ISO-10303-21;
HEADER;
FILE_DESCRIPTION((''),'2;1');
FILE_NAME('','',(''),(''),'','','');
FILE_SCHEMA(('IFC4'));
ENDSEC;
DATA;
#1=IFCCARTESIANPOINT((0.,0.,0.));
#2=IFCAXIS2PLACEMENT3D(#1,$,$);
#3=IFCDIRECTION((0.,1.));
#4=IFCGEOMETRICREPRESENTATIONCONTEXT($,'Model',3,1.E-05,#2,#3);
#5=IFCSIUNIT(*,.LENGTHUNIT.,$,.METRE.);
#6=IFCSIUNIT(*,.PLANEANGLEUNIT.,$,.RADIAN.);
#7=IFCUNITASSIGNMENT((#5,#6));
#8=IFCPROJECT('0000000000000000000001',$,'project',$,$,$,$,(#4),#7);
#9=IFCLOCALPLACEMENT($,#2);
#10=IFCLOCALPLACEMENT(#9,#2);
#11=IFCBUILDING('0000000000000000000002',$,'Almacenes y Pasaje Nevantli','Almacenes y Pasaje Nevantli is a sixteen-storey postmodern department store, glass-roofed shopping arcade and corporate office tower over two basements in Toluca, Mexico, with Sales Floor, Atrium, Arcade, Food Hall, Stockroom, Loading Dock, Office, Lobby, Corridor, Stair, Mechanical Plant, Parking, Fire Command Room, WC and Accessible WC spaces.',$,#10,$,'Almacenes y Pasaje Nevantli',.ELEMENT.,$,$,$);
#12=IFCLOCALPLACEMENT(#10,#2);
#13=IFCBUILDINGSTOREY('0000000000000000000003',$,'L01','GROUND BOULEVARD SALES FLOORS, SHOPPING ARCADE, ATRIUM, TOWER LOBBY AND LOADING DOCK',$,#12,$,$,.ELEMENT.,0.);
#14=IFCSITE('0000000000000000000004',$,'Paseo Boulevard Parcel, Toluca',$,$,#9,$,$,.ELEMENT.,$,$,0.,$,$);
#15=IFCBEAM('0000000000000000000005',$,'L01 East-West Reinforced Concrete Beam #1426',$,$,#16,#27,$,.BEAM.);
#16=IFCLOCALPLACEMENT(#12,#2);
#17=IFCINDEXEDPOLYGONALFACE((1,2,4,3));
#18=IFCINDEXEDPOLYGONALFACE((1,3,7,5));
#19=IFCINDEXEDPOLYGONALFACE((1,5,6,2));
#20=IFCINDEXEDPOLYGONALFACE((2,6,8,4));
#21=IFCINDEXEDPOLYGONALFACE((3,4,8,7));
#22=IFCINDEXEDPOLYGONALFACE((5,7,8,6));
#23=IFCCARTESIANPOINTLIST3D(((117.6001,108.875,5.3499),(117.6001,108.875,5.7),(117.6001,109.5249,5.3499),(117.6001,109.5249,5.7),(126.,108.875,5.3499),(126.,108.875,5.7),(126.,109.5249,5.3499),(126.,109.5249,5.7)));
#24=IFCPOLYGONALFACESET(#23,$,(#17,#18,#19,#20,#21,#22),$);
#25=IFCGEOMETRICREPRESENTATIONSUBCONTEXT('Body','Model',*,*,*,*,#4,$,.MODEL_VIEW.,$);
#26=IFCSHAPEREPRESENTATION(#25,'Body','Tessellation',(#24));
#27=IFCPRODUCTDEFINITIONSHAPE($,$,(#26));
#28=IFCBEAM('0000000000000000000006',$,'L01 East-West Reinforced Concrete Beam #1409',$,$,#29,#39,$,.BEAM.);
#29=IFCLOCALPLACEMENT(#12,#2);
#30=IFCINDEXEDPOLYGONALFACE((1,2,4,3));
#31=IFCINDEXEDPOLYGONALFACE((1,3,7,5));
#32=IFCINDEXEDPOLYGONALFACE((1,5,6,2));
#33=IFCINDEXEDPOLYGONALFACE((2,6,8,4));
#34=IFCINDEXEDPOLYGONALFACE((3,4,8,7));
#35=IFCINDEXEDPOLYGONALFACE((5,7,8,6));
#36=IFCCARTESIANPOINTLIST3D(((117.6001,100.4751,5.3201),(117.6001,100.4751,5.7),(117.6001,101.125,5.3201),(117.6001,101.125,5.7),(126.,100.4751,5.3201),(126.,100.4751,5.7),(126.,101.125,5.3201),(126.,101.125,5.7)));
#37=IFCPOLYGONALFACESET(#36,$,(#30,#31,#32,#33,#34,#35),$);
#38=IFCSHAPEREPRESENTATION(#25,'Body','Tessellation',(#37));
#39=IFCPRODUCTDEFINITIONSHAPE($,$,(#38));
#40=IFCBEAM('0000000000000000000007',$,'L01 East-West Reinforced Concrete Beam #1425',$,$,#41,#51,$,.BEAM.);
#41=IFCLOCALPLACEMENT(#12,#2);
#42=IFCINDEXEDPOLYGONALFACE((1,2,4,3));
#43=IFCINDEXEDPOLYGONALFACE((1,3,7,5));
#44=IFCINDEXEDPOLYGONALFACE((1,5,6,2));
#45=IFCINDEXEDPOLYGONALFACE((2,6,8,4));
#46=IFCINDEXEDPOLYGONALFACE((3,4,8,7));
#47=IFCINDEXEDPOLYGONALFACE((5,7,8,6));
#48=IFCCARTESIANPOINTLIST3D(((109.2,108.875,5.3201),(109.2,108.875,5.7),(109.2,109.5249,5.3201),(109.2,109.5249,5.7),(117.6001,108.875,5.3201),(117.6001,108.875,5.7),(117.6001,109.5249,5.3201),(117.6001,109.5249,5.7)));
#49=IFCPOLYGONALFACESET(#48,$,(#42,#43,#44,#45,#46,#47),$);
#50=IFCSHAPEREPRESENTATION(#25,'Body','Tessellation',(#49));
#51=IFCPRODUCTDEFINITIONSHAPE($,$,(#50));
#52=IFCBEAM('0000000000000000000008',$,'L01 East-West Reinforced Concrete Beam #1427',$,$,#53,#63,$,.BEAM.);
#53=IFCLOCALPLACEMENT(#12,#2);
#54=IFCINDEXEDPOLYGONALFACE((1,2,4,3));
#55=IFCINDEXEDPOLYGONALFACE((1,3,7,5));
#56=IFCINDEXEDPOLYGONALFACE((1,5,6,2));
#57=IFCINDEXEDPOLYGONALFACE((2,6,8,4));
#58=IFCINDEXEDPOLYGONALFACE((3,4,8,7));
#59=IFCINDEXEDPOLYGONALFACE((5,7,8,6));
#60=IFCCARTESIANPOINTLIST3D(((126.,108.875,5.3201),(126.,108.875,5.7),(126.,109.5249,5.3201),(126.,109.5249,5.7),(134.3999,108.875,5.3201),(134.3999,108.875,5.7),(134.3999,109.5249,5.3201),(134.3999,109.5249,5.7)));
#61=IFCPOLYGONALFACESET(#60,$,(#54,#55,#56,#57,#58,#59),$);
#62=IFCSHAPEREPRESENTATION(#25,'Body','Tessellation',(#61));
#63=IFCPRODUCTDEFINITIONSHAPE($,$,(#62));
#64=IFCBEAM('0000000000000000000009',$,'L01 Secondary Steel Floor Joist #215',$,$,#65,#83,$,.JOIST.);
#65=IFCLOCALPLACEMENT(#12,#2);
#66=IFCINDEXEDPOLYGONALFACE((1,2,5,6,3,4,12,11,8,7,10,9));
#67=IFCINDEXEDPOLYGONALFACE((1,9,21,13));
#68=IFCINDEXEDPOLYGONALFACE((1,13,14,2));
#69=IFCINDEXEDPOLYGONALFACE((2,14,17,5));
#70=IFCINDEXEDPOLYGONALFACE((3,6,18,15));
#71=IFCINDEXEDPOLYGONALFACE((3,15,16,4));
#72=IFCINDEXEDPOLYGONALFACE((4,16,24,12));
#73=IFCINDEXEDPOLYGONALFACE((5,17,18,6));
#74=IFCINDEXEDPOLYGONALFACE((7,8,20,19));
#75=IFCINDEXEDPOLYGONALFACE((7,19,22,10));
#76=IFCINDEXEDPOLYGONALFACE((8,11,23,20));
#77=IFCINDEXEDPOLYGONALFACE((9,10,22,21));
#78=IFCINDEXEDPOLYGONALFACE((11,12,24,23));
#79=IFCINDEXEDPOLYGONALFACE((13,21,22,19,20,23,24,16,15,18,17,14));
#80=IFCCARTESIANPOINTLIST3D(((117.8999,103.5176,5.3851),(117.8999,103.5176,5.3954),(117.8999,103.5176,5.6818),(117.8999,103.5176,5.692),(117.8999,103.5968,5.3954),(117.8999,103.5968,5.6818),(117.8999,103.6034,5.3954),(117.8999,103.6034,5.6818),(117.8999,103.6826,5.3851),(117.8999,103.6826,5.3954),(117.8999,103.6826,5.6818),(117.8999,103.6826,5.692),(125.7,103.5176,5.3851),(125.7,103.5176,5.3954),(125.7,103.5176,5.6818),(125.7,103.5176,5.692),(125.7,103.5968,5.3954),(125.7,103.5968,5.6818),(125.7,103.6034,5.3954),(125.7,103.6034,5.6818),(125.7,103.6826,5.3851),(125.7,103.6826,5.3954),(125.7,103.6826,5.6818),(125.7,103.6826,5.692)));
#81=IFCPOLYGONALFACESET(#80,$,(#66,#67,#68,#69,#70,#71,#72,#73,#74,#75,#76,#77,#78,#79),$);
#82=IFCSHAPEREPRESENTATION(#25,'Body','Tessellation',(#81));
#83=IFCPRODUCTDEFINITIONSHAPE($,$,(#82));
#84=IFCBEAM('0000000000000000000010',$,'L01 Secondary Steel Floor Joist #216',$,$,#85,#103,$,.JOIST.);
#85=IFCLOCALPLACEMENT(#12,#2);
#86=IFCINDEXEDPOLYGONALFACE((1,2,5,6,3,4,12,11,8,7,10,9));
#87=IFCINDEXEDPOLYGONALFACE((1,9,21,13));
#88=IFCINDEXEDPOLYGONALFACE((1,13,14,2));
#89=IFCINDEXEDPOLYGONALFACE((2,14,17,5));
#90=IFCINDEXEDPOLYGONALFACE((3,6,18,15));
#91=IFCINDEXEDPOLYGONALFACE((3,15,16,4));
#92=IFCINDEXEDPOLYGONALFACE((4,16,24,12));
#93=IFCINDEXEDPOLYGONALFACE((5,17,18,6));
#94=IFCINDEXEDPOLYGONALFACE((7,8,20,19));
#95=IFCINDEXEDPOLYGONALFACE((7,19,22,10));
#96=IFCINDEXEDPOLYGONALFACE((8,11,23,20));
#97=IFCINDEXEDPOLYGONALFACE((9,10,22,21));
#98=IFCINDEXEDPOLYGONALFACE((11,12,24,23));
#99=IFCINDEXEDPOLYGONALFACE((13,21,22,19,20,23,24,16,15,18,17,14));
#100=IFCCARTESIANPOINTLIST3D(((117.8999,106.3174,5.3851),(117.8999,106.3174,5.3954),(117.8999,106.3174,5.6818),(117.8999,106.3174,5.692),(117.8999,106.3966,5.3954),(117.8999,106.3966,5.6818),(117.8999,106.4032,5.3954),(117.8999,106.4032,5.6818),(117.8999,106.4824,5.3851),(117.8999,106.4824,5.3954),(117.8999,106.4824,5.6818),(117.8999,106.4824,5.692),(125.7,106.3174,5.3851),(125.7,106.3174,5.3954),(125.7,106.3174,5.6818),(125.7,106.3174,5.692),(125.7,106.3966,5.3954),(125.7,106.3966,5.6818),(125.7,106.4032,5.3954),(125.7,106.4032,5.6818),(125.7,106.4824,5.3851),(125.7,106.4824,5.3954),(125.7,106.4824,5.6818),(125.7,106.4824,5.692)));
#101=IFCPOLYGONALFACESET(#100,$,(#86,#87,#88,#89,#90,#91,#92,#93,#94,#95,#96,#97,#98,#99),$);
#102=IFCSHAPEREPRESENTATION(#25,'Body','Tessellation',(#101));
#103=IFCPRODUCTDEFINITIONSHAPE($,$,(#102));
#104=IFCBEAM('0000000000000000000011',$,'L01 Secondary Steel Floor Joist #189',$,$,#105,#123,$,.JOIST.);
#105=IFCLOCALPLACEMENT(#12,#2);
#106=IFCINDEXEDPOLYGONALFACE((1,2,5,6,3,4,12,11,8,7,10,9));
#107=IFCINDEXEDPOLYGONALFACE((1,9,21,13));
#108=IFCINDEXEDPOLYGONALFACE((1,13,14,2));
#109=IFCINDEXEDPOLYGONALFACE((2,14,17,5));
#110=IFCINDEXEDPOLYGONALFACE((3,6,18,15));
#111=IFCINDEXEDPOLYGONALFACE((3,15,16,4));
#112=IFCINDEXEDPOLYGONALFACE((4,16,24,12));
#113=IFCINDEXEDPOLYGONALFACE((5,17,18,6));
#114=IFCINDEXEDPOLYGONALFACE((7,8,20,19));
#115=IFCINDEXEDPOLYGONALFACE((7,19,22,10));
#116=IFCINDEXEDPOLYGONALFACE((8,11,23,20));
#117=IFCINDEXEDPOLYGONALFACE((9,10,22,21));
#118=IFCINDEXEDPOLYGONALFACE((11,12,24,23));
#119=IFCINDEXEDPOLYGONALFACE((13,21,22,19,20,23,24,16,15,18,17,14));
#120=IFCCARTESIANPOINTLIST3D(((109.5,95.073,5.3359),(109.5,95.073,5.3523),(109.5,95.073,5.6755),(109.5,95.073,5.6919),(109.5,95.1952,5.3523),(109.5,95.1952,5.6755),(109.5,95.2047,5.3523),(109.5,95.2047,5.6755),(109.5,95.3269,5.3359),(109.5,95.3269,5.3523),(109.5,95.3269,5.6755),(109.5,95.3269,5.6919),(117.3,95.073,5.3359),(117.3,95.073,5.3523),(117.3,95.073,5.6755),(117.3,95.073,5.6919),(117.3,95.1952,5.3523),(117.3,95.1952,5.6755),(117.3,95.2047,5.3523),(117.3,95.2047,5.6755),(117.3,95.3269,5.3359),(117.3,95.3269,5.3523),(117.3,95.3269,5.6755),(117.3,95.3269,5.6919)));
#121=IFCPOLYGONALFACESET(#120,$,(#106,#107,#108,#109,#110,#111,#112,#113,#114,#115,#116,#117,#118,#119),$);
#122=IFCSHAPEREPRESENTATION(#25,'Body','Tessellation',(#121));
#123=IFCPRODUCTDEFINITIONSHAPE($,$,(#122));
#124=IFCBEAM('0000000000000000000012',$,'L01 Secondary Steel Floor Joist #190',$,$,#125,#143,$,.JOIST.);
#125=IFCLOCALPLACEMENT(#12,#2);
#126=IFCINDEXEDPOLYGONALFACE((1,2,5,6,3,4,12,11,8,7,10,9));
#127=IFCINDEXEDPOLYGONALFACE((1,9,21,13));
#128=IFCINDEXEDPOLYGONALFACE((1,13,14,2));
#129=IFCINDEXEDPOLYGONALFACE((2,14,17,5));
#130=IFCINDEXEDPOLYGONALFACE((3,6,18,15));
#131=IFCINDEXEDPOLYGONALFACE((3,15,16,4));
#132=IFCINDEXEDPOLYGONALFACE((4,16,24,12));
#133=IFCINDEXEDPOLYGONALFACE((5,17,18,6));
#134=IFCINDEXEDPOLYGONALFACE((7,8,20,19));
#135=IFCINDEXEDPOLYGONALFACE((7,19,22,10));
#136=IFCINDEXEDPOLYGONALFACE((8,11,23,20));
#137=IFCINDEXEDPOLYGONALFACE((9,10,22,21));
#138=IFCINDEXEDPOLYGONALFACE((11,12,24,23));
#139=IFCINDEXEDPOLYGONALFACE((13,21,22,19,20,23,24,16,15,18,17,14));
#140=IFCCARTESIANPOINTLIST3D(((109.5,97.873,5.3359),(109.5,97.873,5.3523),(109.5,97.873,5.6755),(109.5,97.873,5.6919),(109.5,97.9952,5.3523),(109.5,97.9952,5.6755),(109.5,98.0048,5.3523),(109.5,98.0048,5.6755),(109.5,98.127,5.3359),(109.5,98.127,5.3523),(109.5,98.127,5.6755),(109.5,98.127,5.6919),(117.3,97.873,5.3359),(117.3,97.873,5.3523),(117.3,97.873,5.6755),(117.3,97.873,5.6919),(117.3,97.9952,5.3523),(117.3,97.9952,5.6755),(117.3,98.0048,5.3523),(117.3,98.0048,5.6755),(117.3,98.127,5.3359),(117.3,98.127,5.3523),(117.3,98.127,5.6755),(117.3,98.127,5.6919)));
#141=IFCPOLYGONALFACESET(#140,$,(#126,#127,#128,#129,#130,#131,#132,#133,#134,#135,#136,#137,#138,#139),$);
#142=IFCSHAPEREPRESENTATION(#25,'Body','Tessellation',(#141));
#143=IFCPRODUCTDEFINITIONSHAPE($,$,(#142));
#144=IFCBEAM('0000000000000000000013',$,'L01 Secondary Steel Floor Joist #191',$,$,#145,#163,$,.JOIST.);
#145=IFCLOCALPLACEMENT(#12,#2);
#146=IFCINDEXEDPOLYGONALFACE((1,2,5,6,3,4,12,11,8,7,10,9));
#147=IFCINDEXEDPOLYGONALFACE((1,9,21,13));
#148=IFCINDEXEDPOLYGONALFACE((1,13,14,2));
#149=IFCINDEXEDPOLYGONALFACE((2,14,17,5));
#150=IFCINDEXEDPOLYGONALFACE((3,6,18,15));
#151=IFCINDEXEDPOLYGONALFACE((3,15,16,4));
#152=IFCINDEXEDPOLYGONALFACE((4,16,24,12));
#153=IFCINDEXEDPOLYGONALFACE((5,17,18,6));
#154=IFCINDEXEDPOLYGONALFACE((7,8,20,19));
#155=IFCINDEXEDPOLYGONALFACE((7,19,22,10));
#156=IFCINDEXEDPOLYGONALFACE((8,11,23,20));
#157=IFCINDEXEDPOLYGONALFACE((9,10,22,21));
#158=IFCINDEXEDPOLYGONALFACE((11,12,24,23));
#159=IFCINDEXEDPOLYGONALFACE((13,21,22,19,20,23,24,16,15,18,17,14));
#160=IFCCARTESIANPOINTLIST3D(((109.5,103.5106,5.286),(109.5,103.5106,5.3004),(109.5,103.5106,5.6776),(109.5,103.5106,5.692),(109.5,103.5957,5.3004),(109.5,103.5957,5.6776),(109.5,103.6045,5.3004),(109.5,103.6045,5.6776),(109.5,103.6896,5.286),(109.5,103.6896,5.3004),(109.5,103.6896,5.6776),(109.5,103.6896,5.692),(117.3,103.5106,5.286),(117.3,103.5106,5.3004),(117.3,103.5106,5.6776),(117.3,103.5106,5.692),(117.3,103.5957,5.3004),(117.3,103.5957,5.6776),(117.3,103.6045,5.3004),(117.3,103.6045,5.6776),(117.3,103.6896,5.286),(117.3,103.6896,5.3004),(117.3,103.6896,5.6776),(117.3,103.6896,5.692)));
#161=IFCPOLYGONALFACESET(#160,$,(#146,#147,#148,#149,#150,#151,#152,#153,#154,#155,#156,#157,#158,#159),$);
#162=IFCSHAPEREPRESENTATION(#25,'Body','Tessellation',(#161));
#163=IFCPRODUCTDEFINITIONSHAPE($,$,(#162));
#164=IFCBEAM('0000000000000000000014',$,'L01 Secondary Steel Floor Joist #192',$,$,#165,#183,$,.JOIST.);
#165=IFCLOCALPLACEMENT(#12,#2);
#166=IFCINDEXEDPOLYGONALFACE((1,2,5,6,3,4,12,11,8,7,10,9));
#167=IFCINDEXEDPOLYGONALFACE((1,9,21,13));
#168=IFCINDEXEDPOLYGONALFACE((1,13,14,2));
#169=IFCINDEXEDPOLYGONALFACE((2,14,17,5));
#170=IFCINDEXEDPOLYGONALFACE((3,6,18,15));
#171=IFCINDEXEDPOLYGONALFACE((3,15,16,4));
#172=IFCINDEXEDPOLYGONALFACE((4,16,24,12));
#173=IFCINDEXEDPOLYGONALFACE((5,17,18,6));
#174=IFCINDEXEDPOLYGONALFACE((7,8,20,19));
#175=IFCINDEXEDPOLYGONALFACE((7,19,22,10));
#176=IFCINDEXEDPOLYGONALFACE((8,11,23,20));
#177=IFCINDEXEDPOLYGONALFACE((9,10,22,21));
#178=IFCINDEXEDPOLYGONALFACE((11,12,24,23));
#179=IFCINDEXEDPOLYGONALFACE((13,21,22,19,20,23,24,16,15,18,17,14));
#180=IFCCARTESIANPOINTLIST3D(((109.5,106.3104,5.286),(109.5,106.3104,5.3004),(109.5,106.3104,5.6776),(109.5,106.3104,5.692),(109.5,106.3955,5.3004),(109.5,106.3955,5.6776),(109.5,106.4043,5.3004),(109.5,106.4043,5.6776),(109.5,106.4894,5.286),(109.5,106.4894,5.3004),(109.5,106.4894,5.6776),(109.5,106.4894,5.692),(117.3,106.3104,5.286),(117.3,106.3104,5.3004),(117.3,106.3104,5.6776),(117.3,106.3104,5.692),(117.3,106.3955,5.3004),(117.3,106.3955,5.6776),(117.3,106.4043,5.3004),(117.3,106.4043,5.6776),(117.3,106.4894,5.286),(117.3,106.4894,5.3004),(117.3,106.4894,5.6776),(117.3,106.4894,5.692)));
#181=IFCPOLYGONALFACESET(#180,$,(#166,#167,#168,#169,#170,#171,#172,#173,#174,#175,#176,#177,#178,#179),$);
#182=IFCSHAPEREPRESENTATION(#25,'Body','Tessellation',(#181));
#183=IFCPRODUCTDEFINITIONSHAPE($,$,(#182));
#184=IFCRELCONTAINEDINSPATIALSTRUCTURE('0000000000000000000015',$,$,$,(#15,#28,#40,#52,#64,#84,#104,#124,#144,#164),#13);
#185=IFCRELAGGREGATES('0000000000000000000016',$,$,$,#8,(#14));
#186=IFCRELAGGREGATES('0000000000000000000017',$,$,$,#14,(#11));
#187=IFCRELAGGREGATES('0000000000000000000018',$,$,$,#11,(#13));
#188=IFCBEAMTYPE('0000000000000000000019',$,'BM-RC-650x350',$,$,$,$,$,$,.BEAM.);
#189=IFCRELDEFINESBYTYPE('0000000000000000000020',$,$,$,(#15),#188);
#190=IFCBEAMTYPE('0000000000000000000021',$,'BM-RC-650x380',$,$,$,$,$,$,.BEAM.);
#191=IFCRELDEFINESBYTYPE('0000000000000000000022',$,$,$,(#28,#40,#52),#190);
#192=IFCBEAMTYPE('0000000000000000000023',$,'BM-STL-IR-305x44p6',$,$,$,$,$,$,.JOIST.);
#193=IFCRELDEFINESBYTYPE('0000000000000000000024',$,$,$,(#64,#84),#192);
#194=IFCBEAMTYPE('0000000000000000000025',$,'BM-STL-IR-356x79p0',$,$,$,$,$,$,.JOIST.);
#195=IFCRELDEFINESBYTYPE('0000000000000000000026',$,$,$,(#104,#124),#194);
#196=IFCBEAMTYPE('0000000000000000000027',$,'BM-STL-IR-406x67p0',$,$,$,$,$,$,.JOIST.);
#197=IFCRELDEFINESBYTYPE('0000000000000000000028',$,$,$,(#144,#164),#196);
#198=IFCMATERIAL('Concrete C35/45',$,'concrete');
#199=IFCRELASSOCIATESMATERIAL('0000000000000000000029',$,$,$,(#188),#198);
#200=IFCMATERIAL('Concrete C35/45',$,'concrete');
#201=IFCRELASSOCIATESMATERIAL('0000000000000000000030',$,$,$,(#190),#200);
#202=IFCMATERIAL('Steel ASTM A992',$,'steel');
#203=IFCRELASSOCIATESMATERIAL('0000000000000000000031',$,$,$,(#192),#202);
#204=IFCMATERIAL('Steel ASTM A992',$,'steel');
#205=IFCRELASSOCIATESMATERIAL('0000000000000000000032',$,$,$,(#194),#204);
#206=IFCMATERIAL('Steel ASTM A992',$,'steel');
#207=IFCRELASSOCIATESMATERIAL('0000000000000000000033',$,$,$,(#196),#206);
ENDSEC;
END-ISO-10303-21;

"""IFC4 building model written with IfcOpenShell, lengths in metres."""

from ifc_helpers import new_model, si_unit, direction, frame, origin, origin_2d, place, context, subcontext, project, spatial, rectangle, i_section, extrude, material, material_profile, profile_set, type_object, element, save


model = new_model("IFC4")

# Units and contexts
model_context = context("Model", 3, precision=1e-05, world=origin(), true_north=direction((0.0, 1.0)))
body_context = subcontext(model_context, "Body", "Model", "MODEL_VIEW")
ifc_project = project(units=[si_unit("LENGTHUNIT", "METRE"), si_unit("PLANEANGLEUNIT", "RADIAN")], contexts=[model_context])

# Site, building, storey
site_placement = place(None, origin())
site = spatial("IfcSite", under=ifc_project, at=site_placement, Name="Paseo Boulevard Parcel, Toluca", CompositionType="ELEMENT", RefElevation=0.0)
building_placement = place(site_placement, origin())
building = spatial("IfcBuilding", under=site, at=building_placement, Name="Almacenes y Pasaje Nevantli", Description="Almacenes y Pasaje Nevantli is a sixteen-storey postmodern department store, glass-roofed shopping arcade and corporate office tower over two basements in Toluca, Mexico, with Sales Floor, Atrium, Arcade, Food Hall, Stockroom, Loading Dock, Office, Lobby, Corridor, Stair, Mechanical Plant, Parking, Fire Command Room, WC and Accessible WC spaces.", LongName="Almacenes y Pasaje Nevantli", CompositionType="ELEMENT")
storey_placement = place(building_placement, origin())
storey = spatial("IfcBuildingStorey", under=building, at=storey_placement, Name="L01", Description="GROUND BOULEVARD SALES FLOORS, SHOPPING ARCADE, ATRIUM, TOWER LOBBY AND LOADING DOCK", CompositionType="ELEMENT", Elevation=0.0)

# Beams
ifc_material_1 = material(Name="Concrete C35/45", Category="concrete")
ifc_material_profile_1 = material_profile(ifc_material_1, rectangle(XDim=0.6499, YDim=0.3501, at=origin_2d()), Name="RC-BM-650x350")
ifc_profile_set_1 = profile_set([ifc_material_profile_1], Name="Concrete C35/45")
beam_type_1 = type_object("IfcBeamType", Name="BM-RC-650x350", PredefinedType="BEAM", material=ifc_profile_set_1)
for number, where, z_axis, x_axis, name in (
    (1, (117.6001, 109.2, 5.5249), (1.0, 0.0, 0.0), (0.0, 1.0, 0.0), "L01 East-West Reinforced Concrete Beam #1426"),
):
    element("IfcBeam", number, at=place(storey_placement, frame(where, z_axis=z_axis, x_axis=x_axis)), inside=storey, type_object=beam_type_1, Name=name, PredefinedType="BEAM", context=body_context, shape_type="SweptSolid", body=[
        extrude(rectangle(XDim=0.6499, YDim=0.3501, at=origin_2d()), origin(), (0.0, 0.0, 1.0), 8.3999),
    ])
ifc_material_2 = material(Name="Concrete C35/45", Category="concrete")
ifc_material_profile_2 = material_profile(ifc_material_2, rectangle(XDim=0.6499, YDim=0.3799, at=origin_2d()), Name="RC-BM-650x380")
ifc_profile_set_2 = profile_set([ifc_material_profile_2], Name="Concrete C35/45")
beam_type_2 = type_object("IfcBeamType", Name="BM-RC-650x380", PredefinedType="BEAM", material=ifc_profile_set_2)
beam_1_placement = place(storey_placement, frame((117.6001, 100.8, 5.51), z_axis=(1.0, 0.0, 0.0), x_axis=(0.0, 1.0, 0.0)))
element("IfcBeam", 2, at=beam_1_placement, inside=storey, type_object=beam_type_2, Name="L01 East-West Reinforced Concrete Beam #1409", PredefinedType="BEAM", context=body_context, shape_type="SweptSolid", body=[
    extrude(rectangle(XDim=0.6499, YDim=0.3799, at=origin_2d()), origin(), (0.0, 0.0, 1.0), 8.3999),
])
beam_2_placement = place(storey_placement, frame((109.2, 109.2, 5.51), z_axis=(1.0, 0.0, 0.0), x_axis=(0.0, 1.0, 0.0)))
element("IfcBeam", 3, at=beam_2_placement, inside=storey, type_object=beam_type_2, Name="L01 East-West Reinforced Concrete Beam #1425", PredefinedType="BEAM", context=body_context, shape_type="SweptSolid", body=[
    extrude(rectangle(XDim=0.6499, YDim=0.3799, at=origin_2d()), origin(), (0.0, 0.0, 1.0), 8.4001),
])
beam_3_placement = place(storey_placement, frame((126.0, 109.2, 5.51), z_axis=(1.0, 0.0, 0.0), x_axis=(0.0, 1.0, 0.0)))
element("IfcBeam", 4, at=beam_3_placement, inside=storey, type_object=beam_type_2, Name="L01 East-West Reinforced Concrete Beam #1427", PredefinedType="BEAM", context=body_context, shape_type="SweptSolid", body=[
    extrude(rectangle(XDim=0.6499, YDim=0.3799, at=origin_2d()), origin(), (0.0, 0.0, 1.0), 8.3999),
])
ifc_material_3 = material(Name="Steel ASTM A992", Category="steel")
ifc_material_profile_3 = material_profile(ifc_material_3, i_section(OverallWidth=0.165, OverallDepth=0.3069, WebThickness=0.0066, FlangeThickness=0.0103, at=origin_2d()), Name="IR 305x44.6")
ifc_profile_set_3 = profile_set([ifc_material_profile_3], Name="Steel ASTM A992")
beam_type_3 = type_object("IfcBeamType", Name="BM-STL-IR-305x44p6", PredefinedType="JOIST", material=ifc_profile_set_3)
for number, where, z_axis, x_axis, name in (
    (5, (117.8999, 103.6001, 5.5386), (1.0, 0.0, 0.0), (0.0, 1.0, 0.0), "L01 Secondary Steel Floor Joist #215"),
    (6, (117.8999, 106.3999, 5.5386), (1.0, 0.0, 0.0), (0.0, 1.0, 0.0), "L01 Secondary Steel Floor Joist #216"),
):
    element("IfcBeam", number, at=place(storey_placement, frame(where, z_axis=z_axis, x_axis=x_axis)), inside=storey, type_object=beam_type_3, Name=name, PredefinedType="JOIST", context=body_context, shape_type="SweptSolid", body=[
        extrude(i_section(OverallWidth=0.165, OverallDepth=0.3069, WebThickness=0.0066, FlangeThickness=0.0103, at=origin_2d()), origin(), (0.0, 0.0, 1.0), 7.8),
    ])
ifc_material_4 = material(Name="Steel ASTM A992", Category="steel")
ifc_material_profile_4 = material_profile(ifc_material_4, i_section(OverallWidth=0.2539, OverallDepth=0.356, WebThickness=0.0095, FlangeThickness=0.0164, at=origin_2d()), Name="IR 356x79.0")
ifc_profile_set_4 = profile_set([ifc_material_profile_4], Name="Steel ASTM A992")
beam_type_4 = type_object("IfcBeamType", Name="BM-STL-IR-356x79p0", PredefinedType="JOIST", material=ifc_profile_set_4)
for number, where, z_axis, x_axis, name in (
    (7, (109.5, 95.2, 5.5139), (1.0, 0.0, 0.0), (0.0, 1.0, 0.0), "L01 Secondary Steel Floor Joist #189"),
    (8, (109.5, 98.0, 5.5139), (1.0, 0.0, 0.0), (0.0, 1.0, 0.0), "L01 Secondary Steel Floor Joist #190"),
):
    element("IfcBeam", number, at=place(storey_placement, frame(where, z_axis=z_axis, x_axis=x_axis)), inside=storey, type_object=beam_type_4, Name=name, PredefinedType="JOIST", context=body_context, shape_type="SweptSolid", body=[
        extrude(i_section(OverallWidth=0.2539, OverallDepth=0.356, WebThickness=0.0095, FlangeThickness=0.0164, at=origin_2d()), origin(), (0.0, 0.0, 1.0), 7.8),
    ])
ifc_material_5 = material(Name="Steel ASTM A992", Category="steel")
ifc_material_profile_5 = material_profile(ifc_material_5, i_section(OverallWidth=0.179, OverallDepth=0.406, WebThickness=0.0088, FlangeThickness=0.0144, at=origin_2d()), Name="IR 406x67.0")
ifc_profile_set_5 = profile_set([ifc_material_profile_5], Name="Steel ASTM A992")
beam_type_5 = type_object("IfcBeamType", Name="BM-STL-IR-406x67p0", PredefinedType="JOIST", material=ifc_profile_set_5)
for number, where, z_axis, x_axis, name in (
    (9, (109.5, 103.6001, 5.489), (1.0, 0.0, 0.0), (0.0, 1.0, 0.0), "L01 Secondary Steel Floor Joist #191"),
    (10, (109.5, 106.3999, 5.489), (1.0, 0.0, 0.0), (0.0, 1.0, 0.0), "L01 Secondary Steel Floor Joist #192"),
):
    element("IfcBeam", number, at=place(storey_placement, frame(where, z_axis=z_axis, x_axis=x_axis)), inside=storey, type_object=beam_type_5, Name=name, PredefinedType="JOIST", context=body_context, shape_type="SweptSolid", body=[
        extrude(i_section(OverallWidth=0.179, OverallDepth=0.406, WebThickness=0.0088, FlangeThickness=0.0144, at=origin_2d()), origin(), (0.0, 0.0, 1.0), 7.8),
    ])

save(model, "model.ifc")
